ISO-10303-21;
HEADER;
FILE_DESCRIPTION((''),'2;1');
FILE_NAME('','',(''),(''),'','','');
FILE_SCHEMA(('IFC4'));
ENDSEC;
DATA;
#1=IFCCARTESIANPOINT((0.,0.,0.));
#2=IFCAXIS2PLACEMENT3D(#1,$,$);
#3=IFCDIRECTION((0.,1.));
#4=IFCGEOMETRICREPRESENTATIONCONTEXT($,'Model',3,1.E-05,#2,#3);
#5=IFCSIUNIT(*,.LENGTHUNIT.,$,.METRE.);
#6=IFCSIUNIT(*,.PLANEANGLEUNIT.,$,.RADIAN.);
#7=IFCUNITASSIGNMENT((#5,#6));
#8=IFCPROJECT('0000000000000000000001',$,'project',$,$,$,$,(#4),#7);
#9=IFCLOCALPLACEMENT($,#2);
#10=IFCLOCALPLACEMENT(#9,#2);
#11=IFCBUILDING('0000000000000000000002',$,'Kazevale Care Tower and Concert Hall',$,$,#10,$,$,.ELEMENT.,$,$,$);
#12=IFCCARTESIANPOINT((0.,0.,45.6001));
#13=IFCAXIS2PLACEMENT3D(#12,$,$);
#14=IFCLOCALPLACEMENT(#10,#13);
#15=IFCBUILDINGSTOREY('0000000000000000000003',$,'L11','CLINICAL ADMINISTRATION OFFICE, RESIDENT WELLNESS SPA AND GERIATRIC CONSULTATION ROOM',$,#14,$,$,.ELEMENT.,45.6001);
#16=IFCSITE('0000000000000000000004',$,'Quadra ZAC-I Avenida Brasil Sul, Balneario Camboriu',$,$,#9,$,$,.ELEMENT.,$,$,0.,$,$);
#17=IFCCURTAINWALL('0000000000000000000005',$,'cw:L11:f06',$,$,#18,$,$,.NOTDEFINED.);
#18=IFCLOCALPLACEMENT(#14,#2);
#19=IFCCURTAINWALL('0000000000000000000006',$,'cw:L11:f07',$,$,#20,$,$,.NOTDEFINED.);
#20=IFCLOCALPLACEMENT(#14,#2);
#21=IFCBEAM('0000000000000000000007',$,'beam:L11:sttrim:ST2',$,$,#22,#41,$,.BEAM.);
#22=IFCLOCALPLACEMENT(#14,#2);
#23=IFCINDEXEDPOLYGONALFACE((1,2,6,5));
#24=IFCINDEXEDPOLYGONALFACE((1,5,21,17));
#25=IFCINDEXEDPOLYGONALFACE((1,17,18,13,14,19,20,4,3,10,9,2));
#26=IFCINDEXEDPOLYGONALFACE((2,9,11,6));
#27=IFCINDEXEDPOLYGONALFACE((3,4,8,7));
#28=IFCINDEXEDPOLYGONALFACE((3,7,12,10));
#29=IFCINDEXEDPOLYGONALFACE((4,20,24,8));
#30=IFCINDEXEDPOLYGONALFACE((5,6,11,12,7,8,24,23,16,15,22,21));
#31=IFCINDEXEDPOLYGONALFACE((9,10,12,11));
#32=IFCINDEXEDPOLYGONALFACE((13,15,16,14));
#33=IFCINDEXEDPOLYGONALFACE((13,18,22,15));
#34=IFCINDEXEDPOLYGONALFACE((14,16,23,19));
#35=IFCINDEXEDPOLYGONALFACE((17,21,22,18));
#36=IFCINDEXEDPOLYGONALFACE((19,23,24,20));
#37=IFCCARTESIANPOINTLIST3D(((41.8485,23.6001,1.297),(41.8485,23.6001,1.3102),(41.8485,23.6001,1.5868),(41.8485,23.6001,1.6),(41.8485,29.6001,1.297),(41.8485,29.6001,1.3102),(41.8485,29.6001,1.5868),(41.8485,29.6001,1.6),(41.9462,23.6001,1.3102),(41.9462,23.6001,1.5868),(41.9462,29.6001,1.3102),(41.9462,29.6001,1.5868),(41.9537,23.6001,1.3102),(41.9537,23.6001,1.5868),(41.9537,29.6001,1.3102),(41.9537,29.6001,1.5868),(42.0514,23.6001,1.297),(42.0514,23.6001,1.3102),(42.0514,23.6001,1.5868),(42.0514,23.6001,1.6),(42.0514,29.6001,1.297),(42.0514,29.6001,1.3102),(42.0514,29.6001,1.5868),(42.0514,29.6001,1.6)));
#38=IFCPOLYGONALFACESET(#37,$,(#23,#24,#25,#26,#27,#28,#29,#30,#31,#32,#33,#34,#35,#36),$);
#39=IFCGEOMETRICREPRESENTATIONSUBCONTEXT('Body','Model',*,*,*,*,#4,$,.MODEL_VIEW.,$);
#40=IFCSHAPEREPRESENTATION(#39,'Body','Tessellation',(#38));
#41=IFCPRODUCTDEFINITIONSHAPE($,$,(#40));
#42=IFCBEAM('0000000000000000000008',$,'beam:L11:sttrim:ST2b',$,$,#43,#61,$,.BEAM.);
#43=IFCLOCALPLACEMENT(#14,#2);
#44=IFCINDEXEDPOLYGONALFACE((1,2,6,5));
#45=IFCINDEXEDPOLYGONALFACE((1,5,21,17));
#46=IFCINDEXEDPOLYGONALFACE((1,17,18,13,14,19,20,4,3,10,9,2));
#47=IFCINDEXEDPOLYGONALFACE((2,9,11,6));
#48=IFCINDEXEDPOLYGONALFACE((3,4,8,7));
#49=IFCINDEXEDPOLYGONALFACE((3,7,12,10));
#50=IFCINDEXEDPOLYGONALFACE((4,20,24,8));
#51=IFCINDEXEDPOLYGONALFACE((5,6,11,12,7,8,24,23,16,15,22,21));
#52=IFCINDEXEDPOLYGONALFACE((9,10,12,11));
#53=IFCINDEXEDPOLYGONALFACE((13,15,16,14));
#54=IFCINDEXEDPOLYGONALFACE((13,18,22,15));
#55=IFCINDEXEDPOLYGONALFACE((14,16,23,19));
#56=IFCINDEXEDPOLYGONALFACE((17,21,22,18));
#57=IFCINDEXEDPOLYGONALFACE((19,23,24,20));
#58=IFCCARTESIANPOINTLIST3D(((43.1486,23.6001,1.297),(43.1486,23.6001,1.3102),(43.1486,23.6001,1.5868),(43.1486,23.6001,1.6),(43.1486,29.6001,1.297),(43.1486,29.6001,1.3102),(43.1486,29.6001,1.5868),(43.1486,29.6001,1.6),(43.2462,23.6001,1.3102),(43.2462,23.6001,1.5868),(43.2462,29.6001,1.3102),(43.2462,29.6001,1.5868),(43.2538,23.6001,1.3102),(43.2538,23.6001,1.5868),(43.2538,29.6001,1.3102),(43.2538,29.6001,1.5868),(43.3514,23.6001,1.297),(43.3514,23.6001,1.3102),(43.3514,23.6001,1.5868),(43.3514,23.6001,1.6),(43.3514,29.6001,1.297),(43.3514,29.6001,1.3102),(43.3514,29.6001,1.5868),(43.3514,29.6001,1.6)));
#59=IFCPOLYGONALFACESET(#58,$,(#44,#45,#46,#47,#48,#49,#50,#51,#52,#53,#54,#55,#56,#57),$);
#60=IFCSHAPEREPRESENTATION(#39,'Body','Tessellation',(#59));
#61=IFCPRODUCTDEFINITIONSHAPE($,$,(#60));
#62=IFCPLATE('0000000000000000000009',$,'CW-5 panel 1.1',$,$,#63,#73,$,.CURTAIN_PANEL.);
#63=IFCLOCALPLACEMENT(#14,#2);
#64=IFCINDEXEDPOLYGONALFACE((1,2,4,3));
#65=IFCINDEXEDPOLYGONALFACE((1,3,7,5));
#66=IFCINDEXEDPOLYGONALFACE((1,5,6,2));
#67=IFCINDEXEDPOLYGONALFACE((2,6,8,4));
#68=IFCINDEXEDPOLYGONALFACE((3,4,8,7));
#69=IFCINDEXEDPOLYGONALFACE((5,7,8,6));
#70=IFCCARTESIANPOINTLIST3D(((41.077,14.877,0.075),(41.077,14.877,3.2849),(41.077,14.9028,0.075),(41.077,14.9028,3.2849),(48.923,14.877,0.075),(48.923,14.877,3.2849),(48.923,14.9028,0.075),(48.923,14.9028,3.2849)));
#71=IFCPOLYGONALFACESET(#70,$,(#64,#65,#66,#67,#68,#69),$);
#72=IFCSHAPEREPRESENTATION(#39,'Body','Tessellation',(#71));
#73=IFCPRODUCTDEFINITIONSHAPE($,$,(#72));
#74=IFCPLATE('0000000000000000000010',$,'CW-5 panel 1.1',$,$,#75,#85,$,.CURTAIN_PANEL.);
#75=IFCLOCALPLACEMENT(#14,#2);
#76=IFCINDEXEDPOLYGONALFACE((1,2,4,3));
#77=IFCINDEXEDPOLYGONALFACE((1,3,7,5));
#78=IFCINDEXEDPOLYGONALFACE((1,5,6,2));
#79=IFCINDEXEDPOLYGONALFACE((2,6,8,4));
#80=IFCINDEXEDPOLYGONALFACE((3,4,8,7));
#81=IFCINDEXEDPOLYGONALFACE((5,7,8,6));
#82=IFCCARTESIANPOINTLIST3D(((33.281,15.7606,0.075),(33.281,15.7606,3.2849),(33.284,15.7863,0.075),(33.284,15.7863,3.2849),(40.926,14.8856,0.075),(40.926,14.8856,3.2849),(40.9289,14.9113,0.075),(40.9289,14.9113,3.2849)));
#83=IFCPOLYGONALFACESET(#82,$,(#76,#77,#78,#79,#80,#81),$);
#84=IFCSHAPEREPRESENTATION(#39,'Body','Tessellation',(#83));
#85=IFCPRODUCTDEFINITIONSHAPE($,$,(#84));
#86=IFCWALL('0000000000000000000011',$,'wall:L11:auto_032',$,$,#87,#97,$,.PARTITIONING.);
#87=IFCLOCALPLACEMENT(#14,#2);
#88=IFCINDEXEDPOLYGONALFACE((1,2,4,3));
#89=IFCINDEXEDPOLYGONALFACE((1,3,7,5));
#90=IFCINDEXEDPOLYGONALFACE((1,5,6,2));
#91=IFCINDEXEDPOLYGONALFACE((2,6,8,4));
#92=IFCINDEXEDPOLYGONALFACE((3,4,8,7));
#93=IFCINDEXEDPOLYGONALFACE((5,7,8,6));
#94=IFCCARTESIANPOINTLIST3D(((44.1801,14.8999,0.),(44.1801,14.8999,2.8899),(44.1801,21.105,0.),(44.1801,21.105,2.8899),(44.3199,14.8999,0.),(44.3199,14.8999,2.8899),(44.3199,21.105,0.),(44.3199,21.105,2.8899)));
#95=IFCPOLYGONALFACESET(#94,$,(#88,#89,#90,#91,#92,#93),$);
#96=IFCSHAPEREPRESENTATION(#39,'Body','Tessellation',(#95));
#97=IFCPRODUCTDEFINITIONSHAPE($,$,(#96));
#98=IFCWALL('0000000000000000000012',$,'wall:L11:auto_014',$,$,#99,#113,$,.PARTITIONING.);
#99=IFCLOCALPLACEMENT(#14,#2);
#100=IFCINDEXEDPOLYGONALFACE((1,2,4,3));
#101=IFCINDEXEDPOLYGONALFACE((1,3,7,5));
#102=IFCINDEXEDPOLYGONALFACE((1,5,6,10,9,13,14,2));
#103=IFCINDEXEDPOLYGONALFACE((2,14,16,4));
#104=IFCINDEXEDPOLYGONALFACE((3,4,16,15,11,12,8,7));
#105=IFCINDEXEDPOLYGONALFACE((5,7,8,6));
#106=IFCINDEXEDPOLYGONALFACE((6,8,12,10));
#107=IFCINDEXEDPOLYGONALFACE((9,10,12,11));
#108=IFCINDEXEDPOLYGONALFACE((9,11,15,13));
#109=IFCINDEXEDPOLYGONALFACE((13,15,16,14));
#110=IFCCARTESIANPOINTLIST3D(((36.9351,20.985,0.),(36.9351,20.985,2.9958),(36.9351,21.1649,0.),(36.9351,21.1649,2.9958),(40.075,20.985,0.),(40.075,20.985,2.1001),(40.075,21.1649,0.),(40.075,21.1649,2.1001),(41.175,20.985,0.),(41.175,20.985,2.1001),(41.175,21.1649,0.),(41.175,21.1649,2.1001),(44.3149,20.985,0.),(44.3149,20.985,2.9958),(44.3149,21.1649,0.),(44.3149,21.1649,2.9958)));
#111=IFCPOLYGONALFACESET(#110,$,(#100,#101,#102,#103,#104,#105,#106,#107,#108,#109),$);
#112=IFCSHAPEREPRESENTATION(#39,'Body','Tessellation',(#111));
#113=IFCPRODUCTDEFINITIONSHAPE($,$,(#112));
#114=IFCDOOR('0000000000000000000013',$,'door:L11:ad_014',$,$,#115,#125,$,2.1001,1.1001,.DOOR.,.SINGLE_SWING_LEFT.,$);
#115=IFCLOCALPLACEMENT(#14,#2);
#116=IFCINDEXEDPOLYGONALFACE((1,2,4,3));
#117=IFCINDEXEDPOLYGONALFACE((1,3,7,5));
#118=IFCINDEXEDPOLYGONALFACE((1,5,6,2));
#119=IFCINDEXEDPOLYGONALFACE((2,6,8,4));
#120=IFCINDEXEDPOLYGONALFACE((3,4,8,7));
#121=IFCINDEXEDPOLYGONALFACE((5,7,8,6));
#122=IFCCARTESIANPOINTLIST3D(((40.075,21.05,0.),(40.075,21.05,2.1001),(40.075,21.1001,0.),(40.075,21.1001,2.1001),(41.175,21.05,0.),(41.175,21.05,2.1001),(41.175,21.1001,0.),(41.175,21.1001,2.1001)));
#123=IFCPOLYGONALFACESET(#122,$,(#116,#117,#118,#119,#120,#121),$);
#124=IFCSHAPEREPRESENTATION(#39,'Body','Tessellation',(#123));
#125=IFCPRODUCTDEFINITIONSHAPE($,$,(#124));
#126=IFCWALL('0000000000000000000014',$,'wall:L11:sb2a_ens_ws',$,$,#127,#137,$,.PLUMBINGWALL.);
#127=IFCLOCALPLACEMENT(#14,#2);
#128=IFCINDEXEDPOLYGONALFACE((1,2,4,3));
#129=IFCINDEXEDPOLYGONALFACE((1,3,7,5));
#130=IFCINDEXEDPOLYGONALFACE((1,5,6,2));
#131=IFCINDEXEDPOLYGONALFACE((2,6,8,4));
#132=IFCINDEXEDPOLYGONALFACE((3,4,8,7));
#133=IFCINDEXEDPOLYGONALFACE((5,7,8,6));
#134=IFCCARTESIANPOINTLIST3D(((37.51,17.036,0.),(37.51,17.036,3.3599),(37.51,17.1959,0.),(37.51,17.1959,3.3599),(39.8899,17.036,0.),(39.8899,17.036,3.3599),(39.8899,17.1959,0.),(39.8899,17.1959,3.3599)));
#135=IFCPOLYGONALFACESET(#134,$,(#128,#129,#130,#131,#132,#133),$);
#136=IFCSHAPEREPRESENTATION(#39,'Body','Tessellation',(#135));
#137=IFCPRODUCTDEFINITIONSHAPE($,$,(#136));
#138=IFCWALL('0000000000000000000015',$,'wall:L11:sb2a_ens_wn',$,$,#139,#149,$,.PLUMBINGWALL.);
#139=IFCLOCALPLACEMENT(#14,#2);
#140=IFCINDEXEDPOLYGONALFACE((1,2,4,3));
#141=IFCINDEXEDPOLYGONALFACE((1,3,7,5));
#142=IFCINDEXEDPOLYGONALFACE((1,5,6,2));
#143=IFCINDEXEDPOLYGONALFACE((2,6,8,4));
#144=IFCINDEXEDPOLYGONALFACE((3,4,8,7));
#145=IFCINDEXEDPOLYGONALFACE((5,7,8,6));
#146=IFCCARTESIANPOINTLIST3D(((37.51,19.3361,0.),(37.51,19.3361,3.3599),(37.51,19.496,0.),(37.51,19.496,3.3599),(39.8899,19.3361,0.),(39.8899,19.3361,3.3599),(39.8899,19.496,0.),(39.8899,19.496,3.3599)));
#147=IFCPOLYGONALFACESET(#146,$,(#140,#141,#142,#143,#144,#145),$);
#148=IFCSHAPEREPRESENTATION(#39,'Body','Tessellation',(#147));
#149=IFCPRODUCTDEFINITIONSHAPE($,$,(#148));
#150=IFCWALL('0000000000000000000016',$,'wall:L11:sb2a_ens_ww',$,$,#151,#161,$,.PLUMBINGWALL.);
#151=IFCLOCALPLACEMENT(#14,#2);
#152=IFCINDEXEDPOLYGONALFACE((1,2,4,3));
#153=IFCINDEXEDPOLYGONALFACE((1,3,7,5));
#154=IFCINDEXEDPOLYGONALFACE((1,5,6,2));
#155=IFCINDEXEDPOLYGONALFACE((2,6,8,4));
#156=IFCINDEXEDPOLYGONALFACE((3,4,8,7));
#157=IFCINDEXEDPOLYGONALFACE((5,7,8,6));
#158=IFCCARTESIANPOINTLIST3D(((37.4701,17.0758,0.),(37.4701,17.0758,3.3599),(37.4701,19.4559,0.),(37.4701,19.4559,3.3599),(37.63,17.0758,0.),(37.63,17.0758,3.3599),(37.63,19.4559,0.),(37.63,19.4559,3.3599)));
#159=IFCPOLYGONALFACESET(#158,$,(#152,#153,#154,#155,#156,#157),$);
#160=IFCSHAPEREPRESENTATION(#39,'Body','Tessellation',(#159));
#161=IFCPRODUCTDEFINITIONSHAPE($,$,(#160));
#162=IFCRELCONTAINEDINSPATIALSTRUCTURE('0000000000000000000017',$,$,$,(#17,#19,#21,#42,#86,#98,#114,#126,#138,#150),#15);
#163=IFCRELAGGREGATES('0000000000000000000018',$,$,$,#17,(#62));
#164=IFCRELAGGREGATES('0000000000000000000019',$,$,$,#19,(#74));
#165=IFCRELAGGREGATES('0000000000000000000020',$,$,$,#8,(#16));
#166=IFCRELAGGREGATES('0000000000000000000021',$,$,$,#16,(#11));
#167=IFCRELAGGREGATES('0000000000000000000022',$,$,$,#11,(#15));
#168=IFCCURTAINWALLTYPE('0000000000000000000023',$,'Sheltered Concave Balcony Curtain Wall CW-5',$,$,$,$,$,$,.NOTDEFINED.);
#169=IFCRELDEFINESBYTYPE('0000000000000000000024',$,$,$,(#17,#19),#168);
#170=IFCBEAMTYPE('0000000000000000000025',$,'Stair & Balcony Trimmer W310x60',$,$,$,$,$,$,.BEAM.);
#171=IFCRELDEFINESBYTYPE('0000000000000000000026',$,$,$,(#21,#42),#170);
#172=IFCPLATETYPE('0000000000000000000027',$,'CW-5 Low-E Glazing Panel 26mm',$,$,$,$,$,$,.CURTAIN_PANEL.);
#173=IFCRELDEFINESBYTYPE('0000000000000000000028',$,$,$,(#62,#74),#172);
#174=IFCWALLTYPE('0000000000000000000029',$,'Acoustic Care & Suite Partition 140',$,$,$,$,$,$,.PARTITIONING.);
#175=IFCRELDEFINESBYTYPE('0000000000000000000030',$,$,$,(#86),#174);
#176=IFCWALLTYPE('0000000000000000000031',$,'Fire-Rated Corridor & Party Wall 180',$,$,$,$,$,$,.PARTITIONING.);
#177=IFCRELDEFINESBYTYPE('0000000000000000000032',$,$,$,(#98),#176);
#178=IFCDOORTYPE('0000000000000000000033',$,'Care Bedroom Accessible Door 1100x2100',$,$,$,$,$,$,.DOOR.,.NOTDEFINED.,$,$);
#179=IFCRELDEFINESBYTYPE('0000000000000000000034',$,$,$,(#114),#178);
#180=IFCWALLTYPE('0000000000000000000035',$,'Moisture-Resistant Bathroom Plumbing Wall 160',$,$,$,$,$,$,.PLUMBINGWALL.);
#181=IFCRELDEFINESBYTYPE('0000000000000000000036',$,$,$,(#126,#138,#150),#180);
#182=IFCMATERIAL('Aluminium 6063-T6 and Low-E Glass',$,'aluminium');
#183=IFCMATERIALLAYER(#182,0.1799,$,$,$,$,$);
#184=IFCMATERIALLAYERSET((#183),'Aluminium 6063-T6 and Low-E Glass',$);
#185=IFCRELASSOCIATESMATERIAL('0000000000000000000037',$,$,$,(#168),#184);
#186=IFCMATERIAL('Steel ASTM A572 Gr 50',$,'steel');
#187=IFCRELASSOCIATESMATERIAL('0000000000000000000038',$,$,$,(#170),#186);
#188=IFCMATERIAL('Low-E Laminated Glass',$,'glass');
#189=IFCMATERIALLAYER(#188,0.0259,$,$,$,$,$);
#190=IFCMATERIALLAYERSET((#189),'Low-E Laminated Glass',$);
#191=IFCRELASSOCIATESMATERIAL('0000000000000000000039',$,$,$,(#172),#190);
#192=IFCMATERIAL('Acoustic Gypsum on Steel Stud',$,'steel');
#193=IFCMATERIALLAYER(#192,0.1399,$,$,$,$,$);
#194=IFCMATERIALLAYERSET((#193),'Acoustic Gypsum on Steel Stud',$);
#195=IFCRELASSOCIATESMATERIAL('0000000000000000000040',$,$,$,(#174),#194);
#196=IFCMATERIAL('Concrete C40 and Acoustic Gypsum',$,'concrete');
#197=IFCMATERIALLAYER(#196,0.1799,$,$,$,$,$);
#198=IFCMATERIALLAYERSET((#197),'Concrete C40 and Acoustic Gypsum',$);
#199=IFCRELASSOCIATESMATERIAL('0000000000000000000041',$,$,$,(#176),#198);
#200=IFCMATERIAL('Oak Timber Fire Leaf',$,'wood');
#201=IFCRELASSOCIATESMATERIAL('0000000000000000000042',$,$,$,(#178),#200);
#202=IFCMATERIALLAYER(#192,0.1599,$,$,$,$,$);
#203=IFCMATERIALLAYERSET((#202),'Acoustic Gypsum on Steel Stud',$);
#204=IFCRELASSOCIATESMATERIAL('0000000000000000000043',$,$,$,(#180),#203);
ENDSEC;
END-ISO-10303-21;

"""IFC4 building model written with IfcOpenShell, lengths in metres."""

from ifc_helpers import new_model, si_unit, direction, frame, frame_2d, origin, origin_2d, place, context, subcontext, project, spatial, rectangle, i_section, extrude, material, layer, layer_set, material_profile, profile_set, type_object, element, fill, aggregate, save


model = new_model("IFC4")

# Units and contexts
model_context = context("Model", 3, precision=1e-05, world=origin(), true_north=direction((0.0, 1.0)))
body_context = subcontext(model_context, "Body", "Model", "MODEL_VIEW")
ifc_project = project(units=[si_unit("LENGTHUNIT", "METRE"), si_unit("PLANEANGLEUNIT", "RADIAN")], contexts=[model_context])

# Site, building, storey
site_placement = place(None, origin())
site = spatial("IfcSite", under=ifc_project, at=site_placement, Name="Quadra ZAC-I Avenida Brasil Sul, Balneario Camboriu", CompositionType="ELEMENT", RefElevation=0.0)
building_placement = place(site_placement, origin())
building = spatial("IfcBuilding", under=site, at=building_placement, Name="Kazevale Care Tower and Concert Hall", CompositionType="ELEMENT")
storey_placement = place(building_placement, frame((0.0, 0.0, 45.6001)))
storey = spatial("IfcBuildingStorey", under=building, at=storey_placement, Name="L11", Description="CLINICAL ADMINISTRATION OFFICE, RESIDENT WELLNESS SPA AND GERIATRIC CONSULTATION ROOM", CompositionType="ELEMENT", Elevation=45.6001)

# Curtain wall
ifc_material_1 = material(Name="Aluminium 6063-T6 and Low-E Glass", Category="aluminium")
ifc_layer_1 = layer(ifc_material_1, 0.1799)
ifc_layer_set_1 = layer_set([ifc_layer_1], Name="Aluminium 6063-T6 and Low-E Glass")
curtain_wall_type = type_object("IfcCurtainWallType", Name="Sheltered Concave Balcony Curtain Wall CW-5", PredefinedType="NOTDEFINED", material=ifc_layer_set_1)
curtain_wall_1_placement = place(storey_placement, origin())
curtain_wall_1 = element("IfcCurtainWall", 1, at=curtain_wall_1_placement, inside=storey, type_object=curtain_wall_type, Name="cw:L11:f06", PredefinedType="NOTDEFINED")

# Curtain wall
curtain_wall_2_placement = place(storey_placement, origin())
curtain_wall_2 = element("IfcCurtainWall", 2, at=curtain_wall_2_placement, inside=storey, type_object=curtain_wall_type, Name="cw:L11:f07", PredefinedType="NOTDEFINED")

# Beams
ifc_material_2 = material(Name="Steel ASTM A572 Gr 50", Category="steel")
ifc_material_profile_1 = material_profile(ifc_material_2, i_section(OverallWidth=0.2029, OverallDepth=0.303, WebThickness=0.0076, FlangeThickness=0.0132, at=origin_2d()), Name="W310x60")
ifc_profile_set_1 = profile_set([ifc_material_profile_1], Name="Steel ASTM A572 Gr 50")
beam_type_1 = type_object("IfcBeamType", Name="Stair & Balcony Trimmer W310x60", PredefinedType="BEAM", material=ifc_profile_set_1)
for number, where, z_axis, x_axis, name in (
    (3, (41.95, 23.6001, 1.4485), (0.0, 1.0, 0.0), (-1.0, 0.0, 0.0), "beam:L11:sttrim:ST2"),
    (4, (43.25, 23.6001, 1.4485), (0.0, 1.0, 0.0), (-1.0, 0.0, 0.0), "beam:L11:sttrim:ST2b"),
):
    element("IfcBeam", number, at=place(storey_placement, frame(where, z_axis=z_axis, x_axis=x_axis)), inside=storey, type_object=beam_type_1, Name=name, PredefinedType="BEAM", context=body_context, shape_type="SweptSolid", body=[
        extrude(i_section(OverallWidth=0.2029, OverallDepth=0.303, WebThickness=0.0076, FlangeThickness=0.0132, at=origin_2d()), origin(), (0.0, 0.0, 1.0), 6.0),
    ])

# Plates
ifc_material_3 = material(Name="Low-E Laminated Glass", Category="glass")
ifc_layer_2 = layer(ifc_material_3, 0.0259)
ifc_layer_set_2 = layer_set([ifc_layer_2], Name="Low-E Laminated Glass")
plate_type = type_object("IfcPlateType", Name="CW-5 Low-E Glazing Panel 26mm", PredefinedType="CURTAIN_PANEL", material=ifc_layer_set_2)
plate_1_placement = place(storey_placement, frame((45.0, 14.8899, 0.075), z_axis=(0.0, 0.0, 1.0), x_axis=(-1.0, 0.0, 0.0)))
plate_1 = element("IfcPlate", 5, at=plate_1_placement, type_object=plate_type, Name="CW-5 panel 1.1", PredefinedType="CURTAIN_PANEL", context=body_context, shape_type="SweptSolid", body=[
    extrude(rectangle(XDim=7.8459, YDim=0.0259, at=origin_2d()), origin(), (0.0, 0.0, 1.0), 3.21),
])
aggregate(curtain_wall_1, [plate_1])
plate_2_placement = place(storey_placement, frame((37.105, 15.3359, 0.075), z_axis=(0.0, 0.0, 1.0), x_axis=(-0.993515, 0.113705, 0.0)))
plate_2 = element("IfcPlate", 6, at=plate_2_placement, type_object=plate_type, Name="CW-5 panel 1.1", PredefinedType="CURTAIN_PANEL", context=body_context, shape_type="SweptSolid", body=[
    extrude(rectangle(XDim=7.6948, YDim=0.0259, at=origin_2d()), origin(), (0.0, 0.0, 1.0), 3.21),
])
aggregate(curtain_wall_2, [plate_2])

# Wall
ifc_material_4 = material(Name="Acoustic Gypsum on Steel Stud", Category="steel")
ifc_layer_3 = layer(ifc_material_4, 0.1399)
ifc_layer_set_3 = layer_set([ifc_layer_3], Name="Acoustic Gypsum on Steel Stud")
wall_type_1 = type_object("IfcWallType", Name="Acoustic Care & Suite Partition 140", PredefinedType="PARTITIONING", material=ifc_layer_set_3)
wall_1_placement = place(storey_placement, frame((44.25, 21.105, 0.0), z_axis=(0.0, 0.0, 1.0), x_axis=(0.0, -1.0, 0.0)))
element("IfcWall", 7, at=wall_1_placement, inside=storey, type_object=wall_type_1, Name="wall:L11:auto_032", PredefinedType="PARTITIONING", context=body_context, shape_type="SweptSolid", body=[
    extrude(rectangle(XDim=6.2051, YDim=0.1399, at=frame_2d((3.1025, 0.0))), origin(), (0.0, 0.0, 1.0), 2.8899),
])

# Wall, opening, door
ifc_material_5 = material(Name="Concrete C40 and Acoustic Gypsum", Category="concrete")
ifc_layer_4 = layer(ifc_material_5, 0.1799)
ifc_layer_set_4 = layer_set([ifc_layer_4], Name="Concrete C40 and Acoustic Gypsum")
wall_type_2 = type_object("IfcWallType", Name="Fire-Rated Corridor & Party Wall 180", PredefinedType="PARTITIONING", material=ifc_layer_set_4)
wall_2_placement = place(storey_placement, frame((44.3149, 21.075, 0.0), z_axis=(0.0, 0.0, 1.0), x_axis=(-1.0, 0.0, 0.0)))
wall_2 = element("IfcWall", 8, at=wall_2_placement, inside=storey, type_object=wall_type_2, Name="wall:L11:auto_014", PredefinedType="PARTITIONING", context=body_context, shape_type="SweptSolid", body=[
    extrude(rectangle(XDim=7.3799, YDim=0.1799, at=frame_2d((3.6899, 0.0))), origin(), (0.0, 0.0, 1.0), 2.9958),
])
opening_1_placement = place(wall_2_placement, frame((3.1399, 0.0, 0.0)))
opening_1 = element("IfcOpeningElement", 9, at=opening_1_placement, cuts=wall_2, PredefinedType="OPENING", context=body_context, shape_type="SweptSolid", body=[
    extrude(rectangle(XDim=1.1001, YDim=2.1001, at=frame_2d((0.55, 1.05))), frame((0.0, 0.0999, 0.0), z_axis=(0.0, -1.0, 0.0), x_axis=(1.0, 0.0, 0.0)), (0.0, 0.0, 1.0), 0.2),
])
ifc_material_6 = material(Name="Oak Timber Fire Leaf", Category="wood")
door_type_1 = type_object("IfcDoorType", Name="Care Bedroom Accessible Door 1100x2100", OperationType="NOTDEFINED", PredefinedType="DOOR", material=ifc_material_6)
door_1_placement = place(opening_1_placement, origin())
door_1 = element("IfcDoor", 10, at=door_1_placement, inside=storey, type_object=door_type_1, Name="door:L11:ad_014", OperationType="SINGLE_SWING_LEFT", OverallHeight=2.1001, OverallWidth=1.1001, PredefinedType="DOOR", context=body_context, shape_type="SweptSolid", body=[
    extrude(rectangle(XDim=1.1001, YDim=2.1001, at=frame_2d((0.55, 1.05))), frame((0.0, 0.0249, 0.0), z_axis=(0.0, -1.0, 0.0), x_axis=(1.0, 0.0, 0.0)), (0.0, 0.0, 1.0), 0.05),
])
fill(opening_1, door_1)

# Walls
ifc_layer_5 = layer(ifc_material_4, 0.1599)
ifc_layer_set_5 = layer_set([ifc_layer_5], Name="Acoustic Gypsum on Steel Stud")
wall_type_3 = type_object("IfcWallType", Name="Moisture-Resistant Bathroom Plumbing Wall 160", PredefinedType="PLUMBINGWALL", material=ifc_layer_set_5)
for number, where, z_axis, x_axis, name in (
    (11, (37.51, 17.116, 0.0), (0.0, 0.0, 1.0), (1.0, 0.0, 0.0), "wall:L11:sb2a_ens_ws"),
    (12, (37.51, 19.416, 0.0), (0.0, 0.0, 1.0), (1.0, 0.0, 0.0), "wall:L11:sb2a_ens_wn"),
):
    element("IfcWall", number, at=place(storey_placement, frame(where, z_axis=z_axis, x_axis=x_axis)), inside=storey, type_object=wall_type_3, Name=name, PredefinedType="PLUMBINGWALL", context=body_context, shape_type="SweptSolid", body=[
        extrude(rectangle(XDim=2.3799, YDim=0.1599, at=frame_2d((1.1899, 0.0))), origin(), (0.0, 0.0, 1.0), 3.3599),
    ])
wall_3_placement = place(storey_placement, frame((37.55, 17.0759, 0.0), z_axis=(0.0, 0.0, 1.0), x_axis=(0.0, 1.0, 0.0)))
element("IfcWall", 13, at=wall_3_placement, inside=storey, type_object=wall_type_3, Name="wall:L11:sb2a_ens_ww", PredefinedType="PLUMBINGWALL", context=body_context, shape_type="SweptSolid", body=[
    extrude(rectangle(XDim=2.3801, YDim=0.1599, at=frame_2d((1.1899, 0.0))), origin(), (0.0, 0.0, 1.0), 3.3599),
])

save(model, "model.ifc")
